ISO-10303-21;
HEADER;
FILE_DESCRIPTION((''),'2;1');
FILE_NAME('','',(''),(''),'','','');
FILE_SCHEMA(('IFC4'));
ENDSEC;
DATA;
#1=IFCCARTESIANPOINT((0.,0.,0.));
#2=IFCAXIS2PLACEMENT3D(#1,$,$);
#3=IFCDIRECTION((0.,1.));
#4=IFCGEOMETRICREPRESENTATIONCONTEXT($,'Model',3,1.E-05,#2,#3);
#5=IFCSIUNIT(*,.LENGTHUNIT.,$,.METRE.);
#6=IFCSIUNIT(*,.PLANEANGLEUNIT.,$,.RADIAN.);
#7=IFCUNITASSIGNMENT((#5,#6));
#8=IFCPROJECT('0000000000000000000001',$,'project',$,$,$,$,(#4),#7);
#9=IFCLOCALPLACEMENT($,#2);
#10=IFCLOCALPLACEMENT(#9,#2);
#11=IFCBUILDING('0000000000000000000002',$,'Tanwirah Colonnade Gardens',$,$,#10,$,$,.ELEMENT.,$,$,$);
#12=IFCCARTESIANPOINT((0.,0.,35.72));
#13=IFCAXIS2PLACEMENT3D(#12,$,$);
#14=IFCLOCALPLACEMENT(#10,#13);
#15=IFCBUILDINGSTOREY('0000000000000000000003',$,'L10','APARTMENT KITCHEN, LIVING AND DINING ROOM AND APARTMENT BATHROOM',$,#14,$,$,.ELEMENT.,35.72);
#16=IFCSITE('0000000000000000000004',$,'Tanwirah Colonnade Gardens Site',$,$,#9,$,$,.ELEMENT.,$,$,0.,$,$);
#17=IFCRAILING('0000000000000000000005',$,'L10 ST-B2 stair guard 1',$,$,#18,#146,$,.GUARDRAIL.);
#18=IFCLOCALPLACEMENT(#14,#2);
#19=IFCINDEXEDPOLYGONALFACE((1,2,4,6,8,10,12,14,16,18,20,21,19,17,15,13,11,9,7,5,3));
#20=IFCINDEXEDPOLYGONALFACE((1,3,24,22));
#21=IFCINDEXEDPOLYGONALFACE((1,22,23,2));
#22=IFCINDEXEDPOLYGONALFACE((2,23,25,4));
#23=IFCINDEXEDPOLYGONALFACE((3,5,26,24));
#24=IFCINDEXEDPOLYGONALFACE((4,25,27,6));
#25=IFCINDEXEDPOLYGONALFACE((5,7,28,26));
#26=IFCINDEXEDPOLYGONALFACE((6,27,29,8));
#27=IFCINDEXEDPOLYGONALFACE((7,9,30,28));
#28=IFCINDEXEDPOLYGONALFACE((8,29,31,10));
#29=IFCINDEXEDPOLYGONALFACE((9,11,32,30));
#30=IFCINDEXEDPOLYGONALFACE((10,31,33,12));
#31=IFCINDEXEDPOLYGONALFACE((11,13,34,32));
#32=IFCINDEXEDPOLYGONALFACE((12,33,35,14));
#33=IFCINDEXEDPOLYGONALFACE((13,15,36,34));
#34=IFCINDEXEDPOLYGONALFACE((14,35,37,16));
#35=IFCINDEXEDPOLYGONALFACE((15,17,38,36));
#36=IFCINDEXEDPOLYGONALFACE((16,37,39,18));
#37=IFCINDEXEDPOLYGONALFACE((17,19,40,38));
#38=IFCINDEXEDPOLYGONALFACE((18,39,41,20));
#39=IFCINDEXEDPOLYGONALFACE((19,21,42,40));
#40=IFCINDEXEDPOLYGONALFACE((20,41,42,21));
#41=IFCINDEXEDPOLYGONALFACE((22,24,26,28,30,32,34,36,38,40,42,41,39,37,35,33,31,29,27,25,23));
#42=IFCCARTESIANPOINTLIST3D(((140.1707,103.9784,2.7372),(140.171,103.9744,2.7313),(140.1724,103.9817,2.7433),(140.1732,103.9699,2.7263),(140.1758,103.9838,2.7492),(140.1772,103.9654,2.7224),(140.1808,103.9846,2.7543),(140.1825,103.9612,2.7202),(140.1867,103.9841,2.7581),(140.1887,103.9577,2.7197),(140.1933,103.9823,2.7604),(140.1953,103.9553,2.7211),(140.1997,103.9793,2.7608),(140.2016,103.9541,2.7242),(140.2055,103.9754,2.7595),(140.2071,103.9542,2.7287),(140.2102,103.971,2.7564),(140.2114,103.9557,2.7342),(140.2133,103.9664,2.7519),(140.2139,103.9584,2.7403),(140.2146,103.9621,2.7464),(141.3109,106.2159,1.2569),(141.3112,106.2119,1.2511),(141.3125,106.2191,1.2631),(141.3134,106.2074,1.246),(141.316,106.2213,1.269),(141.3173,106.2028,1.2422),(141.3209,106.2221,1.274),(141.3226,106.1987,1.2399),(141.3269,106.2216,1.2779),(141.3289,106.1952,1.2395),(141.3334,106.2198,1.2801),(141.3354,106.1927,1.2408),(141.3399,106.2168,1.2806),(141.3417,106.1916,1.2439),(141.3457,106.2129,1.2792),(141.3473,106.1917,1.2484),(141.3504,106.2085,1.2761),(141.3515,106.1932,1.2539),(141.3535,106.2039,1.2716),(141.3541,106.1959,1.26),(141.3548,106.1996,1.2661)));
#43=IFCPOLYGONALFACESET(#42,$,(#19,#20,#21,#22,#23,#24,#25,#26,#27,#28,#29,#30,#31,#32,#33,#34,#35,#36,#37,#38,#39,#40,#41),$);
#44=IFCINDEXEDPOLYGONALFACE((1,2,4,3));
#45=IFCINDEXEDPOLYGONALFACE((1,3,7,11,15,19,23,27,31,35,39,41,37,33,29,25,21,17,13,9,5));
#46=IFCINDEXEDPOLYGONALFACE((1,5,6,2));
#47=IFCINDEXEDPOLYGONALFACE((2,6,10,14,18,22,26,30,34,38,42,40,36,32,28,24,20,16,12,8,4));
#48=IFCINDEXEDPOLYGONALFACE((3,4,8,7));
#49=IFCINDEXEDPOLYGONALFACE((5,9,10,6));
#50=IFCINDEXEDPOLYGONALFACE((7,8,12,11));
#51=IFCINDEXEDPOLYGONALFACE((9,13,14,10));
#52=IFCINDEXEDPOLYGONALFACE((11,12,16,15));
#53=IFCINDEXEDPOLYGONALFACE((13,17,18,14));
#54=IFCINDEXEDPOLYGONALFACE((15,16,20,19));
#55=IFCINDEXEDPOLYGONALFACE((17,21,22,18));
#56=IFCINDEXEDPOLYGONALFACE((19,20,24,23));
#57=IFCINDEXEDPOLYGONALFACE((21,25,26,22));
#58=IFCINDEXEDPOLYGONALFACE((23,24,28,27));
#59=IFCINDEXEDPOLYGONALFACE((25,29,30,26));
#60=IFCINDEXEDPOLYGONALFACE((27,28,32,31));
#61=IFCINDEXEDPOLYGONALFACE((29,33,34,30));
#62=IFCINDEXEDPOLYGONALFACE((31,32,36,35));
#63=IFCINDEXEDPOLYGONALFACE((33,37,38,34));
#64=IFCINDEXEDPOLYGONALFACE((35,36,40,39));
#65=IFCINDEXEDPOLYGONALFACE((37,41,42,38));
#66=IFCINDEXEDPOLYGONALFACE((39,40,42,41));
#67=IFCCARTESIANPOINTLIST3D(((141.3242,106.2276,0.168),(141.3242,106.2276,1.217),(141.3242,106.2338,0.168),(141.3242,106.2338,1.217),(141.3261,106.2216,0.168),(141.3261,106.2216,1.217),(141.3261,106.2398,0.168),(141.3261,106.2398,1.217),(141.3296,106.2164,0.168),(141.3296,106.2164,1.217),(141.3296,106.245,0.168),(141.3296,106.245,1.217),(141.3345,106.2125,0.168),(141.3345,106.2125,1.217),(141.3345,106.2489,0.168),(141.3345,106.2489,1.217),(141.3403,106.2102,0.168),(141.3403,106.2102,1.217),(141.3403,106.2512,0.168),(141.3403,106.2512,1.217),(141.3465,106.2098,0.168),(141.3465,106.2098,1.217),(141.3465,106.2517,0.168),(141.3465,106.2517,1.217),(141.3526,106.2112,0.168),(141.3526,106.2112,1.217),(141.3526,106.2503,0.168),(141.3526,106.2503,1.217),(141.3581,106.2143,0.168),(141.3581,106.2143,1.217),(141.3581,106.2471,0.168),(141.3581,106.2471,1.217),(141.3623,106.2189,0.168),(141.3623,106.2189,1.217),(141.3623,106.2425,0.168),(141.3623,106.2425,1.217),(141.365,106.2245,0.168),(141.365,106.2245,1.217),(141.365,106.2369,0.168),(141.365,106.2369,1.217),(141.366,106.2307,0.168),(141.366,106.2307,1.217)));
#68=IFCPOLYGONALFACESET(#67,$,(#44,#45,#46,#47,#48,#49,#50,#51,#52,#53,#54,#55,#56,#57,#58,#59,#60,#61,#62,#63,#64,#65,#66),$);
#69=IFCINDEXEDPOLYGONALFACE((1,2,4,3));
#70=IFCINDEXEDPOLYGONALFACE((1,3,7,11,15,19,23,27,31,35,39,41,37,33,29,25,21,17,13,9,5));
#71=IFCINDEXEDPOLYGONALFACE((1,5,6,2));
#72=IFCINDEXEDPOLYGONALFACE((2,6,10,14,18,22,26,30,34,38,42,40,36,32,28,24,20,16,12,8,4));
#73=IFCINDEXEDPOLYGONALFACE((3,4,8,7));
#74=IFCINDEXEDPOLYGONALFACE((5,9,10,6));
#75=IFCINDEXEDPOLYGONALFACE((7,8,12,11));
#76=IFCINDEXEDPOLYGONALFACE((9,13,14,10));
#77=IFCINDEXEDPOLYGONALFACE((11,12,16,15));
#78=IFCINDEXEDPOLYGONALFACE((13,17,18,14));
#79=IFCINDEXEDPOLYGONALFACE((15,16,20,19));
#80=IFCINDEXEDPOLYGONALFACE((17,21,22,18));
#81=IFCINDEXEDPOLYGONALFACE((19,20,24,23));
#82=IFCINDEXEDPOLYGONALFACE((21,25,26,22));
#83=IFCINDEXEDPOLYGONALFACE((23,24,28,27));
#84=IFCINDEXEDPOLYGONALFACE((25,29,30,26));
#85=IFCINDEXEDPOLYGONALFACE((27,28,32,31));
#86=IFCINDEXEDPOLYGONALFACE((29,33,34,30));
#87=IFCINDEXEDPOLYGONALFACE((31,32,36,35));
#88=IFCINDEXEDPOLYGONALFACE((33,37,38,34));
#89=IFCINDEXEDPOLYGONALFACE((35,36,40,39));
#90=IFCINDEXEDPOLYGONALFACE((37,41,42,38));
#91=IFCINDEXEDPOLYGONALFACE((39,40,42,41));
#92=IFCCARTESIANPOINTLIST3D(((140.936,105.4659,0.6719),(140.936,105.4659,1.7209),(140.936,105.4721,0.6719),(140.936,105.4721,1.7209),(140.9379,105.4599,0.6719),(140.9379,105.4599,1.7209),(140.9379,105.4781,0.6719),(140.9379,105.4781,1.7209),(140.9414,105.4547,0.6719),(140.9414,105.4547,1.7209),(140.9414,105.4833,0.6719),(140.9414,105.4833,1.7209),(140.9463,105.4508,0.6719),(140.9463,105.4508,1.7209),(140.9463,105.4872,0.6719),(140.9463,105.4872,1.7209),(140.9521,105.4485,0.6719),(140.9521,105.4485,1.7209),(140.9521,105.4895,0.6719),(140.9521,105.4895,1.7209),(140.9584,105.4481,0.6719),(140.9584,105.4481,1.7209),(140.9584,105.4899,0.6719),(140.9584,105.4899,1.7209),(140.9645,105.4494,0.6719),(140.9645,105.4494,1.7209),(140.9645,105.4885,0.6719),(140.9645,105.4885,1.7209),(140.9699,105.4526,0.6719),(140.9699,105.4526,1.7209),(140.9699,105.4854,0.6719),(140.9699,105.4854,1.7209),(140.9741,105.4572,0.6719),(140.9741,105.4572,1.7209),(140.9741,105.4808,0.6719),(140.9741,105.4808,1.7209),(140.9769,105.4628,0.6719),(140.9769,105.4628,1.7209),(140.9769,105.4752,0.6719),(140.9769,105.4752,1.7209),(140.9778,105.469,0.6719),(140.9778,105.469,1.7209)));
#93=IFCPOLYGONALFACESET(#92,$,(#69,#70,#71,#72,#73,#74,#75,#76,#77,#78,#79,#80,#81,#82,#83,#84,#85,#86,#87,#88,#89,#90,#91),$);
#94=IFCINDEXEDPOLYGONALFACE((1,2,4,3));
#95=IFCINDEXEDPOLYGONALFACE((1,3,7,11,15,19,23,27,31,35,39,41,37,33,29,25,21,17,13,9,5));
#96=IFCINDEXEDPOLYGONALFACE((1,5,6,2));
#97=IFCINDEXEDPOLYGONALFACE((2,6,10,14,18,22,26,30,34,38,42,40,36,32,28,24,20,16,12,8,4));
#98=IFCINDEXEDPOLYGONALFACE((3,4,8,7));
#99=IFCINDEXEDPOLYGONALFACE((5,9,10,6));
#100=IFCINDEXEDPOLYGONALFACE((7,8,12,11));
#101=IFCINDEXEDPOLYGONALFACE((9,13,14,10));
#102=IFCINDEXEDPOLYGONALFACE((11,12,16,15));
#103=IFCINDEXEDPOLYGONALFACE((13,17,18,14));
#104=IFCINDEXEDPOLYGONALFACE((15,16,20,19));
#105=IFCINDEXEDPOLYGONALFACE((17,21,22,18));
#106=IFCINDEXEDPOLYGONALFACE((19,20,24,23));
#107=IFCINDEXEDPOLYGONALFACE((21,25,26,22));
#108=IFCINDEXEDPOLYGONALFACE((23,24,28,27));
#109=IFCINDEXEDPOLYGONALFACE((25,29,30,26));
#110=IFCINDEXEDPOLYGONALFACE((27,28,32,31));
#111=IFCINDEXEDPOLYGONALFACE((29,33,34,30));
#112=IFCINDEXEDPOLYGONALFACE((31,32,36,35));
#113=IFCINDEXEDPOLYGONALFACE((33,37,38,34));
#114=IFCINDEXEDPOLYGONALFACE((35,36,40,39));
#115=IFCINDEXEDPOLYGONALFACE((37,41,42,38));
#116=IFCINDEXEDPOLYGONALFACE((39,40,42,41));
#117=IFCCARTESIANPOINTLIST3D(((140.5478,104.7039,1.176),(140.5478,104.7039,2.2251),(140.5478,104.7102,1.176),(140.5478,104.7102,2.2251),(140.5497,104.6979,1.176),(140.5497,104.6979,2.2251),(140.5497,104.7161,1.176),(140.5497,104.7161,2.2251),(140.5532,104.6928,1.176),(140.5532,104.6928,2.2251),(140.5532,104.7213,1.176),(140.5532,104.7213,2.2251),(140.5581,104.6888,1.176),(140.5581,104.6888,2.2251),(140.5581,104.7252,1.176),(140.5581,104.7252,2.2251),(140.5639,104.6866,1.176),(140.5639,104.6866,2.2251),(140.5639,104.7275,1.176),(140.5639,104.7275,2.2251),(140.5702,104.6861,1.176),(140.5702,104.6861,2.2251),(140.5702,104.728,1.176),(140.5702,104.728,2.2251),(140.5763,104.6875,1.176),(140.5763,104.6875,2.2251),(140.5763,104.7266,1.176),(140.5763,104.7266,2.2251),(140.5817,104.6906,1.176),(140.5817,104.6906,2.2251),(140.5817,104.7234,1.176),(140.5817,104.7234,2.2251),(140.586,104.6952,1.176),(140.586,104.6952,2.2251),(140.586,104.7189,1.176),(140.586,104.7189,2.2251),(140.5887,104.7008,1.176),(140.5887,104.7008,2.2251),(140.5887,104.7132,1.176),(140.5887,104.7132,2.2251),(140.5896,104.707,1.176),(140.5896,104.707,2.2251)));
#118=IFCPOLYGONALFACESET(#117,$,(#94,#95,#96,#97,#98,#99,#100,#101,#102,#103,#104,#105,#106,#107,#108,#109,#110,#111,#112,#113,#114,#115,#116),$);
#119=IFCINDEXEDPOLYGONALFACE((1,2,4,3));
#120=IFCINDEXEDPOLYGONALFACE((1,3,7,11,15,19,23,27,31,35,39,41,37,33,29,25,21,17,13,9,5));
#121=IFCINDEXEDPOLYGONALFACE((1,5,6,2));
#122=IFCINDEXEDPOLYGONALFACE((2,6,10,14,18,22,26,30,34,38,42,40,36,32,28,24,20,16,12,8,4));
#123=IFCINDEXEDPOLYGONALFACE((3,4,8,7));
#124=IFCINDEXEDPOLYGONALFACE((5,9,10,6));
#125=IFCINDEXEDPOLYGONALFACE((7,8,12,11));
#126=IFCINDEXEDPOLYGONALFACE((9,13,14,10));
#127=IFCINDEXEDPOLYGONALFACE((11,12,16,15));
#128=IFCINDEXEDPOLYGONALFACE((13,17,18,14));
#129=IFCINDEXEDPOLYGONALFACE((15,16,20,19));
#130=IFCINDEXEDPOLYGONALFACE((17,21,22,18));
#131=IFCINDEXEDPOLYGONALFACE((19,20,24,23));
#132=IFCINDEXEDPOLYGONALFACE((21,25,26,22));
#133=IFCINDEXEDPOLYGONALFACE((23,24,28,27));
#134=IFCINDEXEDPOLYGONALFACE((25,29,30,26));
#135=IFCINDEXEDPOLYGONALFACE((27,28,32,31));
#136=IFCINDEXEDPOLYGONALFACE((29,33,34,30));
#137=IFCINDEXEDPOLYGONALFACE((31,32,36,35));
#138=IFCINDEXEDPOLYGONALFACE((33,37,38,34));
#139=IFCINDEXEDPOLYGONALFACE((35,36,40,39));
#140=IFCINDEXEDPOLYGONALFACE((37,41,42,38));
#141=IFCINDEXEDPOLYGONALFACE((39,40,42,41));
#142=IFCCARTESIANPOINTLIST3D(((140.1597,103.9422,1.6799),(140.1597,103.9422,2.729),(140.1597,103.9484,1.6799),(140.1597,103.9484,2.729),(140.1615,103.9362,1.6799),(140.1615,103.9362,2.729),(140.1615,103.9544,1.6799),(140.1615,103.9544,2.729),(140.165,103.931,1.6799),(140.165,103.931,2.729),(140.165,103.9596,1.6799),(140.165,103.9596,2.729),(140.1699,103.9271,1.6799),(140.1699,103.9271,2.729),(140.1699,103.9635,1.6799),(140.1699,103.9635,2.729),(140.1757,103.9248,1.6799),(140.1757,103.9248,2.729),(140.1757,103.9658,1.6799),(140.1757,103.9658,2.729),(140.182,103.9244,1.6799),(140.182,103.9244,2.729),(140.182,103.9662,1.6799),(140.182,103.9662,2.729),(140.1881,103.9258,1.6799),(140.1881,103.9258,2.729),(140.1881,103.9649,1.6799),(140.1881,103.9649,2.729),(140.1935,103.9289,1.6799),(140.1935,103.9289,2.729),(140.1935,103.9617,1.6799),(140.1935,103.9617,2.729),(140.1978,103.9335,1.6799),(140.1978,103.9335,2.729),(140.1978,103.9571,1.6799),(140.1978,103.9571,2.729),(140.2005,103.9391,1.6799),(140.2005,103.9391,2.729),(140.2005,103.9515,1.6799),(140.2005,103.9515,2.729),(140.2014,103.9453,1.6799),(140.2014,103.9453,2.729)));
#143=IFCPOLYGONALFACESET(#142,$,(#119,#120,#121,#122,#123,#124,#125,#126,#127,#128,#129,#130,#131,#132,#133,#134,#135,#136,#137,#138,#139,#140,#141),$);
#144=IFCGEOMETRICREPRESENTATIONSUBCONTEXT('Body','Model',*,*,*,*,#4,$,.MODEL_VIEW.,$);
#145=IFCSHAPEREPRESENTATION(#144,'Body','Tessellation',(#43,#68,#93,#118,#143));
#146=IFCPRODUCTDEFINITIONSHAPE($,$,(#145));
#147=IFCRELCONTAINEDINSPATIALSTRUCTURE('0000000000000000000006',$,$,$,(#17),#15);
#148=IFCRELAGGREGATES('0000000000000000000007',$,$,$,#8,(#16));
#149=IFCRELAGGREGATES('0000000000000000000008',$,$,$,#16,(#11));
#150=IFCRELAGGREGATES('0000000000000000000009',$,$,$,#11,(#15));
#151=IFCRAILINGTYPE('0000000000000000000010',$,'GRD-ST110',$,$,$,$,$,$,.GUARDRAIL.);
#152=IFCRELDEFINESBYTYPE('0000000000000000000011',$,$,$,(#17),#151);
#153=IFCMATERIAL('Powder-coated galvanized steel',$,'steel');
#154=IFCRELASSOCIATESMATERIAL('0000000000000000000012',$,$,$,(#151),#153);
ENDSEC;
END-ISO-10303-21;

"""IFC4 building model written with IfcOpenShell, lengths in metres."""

from ifc_helpers import new_model, si_unit, direction, frame, origin, origin_2d, place, context, subcontext, project, spatial, circle, extrude, material, type_object, element, save


model = new_model("IFC4")

# Units and contexts
model_context = context("Model", 3, precision=1e-05, world=origin(), true_north=direction((0.0, 1.0)))
body_context = subcontext(model_context, "Body", "Model", "MODEL_VIEW")
ifc_project = project(units=[si_unit("LENGTHUNIT", "METRE"), si_unit("PLANEANGLEUNIT", "RADIAN")], contexts=[model_context])

# Site, building, storey
site_placement = place(None, origin())
site = spatial("IfcSite", under=ifc_project, at=site_placement, Name="Tanwirah Colonnade Gardens Site", CompositionType="ELEMENT", RefElevation=0.0)
building_placement = place(site_placement, origin())
building = spatial("IfcBuilding", under=site, at=building_placement, Name="Tanwirah Colonnade Gardens", CompositionType="ELEMENT")
storey_placement = place(building_placement, frame((0.0, 0.0, 35.72)))
storey = spatial("IfcBuildingStorey", under=building, at=storey_placement, Name="L10", Description="APARTMENT KITCHEN, LIVING AND DINING ROOM AND APARTMENT BATHROOM", CompositionType="ELEMENT", Elevation=35.72)

# Railing
ifc_material_1 = material(Name="Powder-coated galvanized steel", Category="steel")
railing_type_1 = type_object("IfcRailingType", Name="GRD-ST110", PredefinedType="GUARDRAIL", material=ifc_material_1)
railing_1_placement = place(storey_placement, frame((141.345, 106.2307, 0.168)))
element("IfcRailing", 1, at=railing_1_placement, inside=storey, type_object=railing_type_1, Name="L10 ST-B2 stair guard 1", PredefinedType="GUARDRAIL", context=body_context, shape_type="SweptSolid", body=[
    extrude(circle(Radius=0.0239, at=origin_2d()), frame((-0.0122, -0.0239, 1.092), z_axis=(-0.391122, -0.767567, 0.507803), x_axis=(0.890994, -0.454016, 0.0)), (0.0, 0.0, 1.0), 2.915),
    extrude(circle(Radius=0.021, at=origin_2d()), origin(), (0.0, 0.0, 1.0), 1.0491),
    extrude(circle(Radius=0.021, at=origin_2d()), frame((-0.3882, -0.7617, 0.5039)), (0.0, 0.0, 1.0), 1.0491),
    extrude(circle(Radius=0.021, at=origin_2d()), frame((-0.7764, -1.5237, 1.0081)), (0.0, 0.0, 1.0), 1.0491),
    extrude(circle(Radius=0.021, at=origin_2d()), frame((-1.1646, -2.2854, 1.512)), (0.0, 0.0, 1.0), 1.0491),
])

save(model, "model.ifc")
